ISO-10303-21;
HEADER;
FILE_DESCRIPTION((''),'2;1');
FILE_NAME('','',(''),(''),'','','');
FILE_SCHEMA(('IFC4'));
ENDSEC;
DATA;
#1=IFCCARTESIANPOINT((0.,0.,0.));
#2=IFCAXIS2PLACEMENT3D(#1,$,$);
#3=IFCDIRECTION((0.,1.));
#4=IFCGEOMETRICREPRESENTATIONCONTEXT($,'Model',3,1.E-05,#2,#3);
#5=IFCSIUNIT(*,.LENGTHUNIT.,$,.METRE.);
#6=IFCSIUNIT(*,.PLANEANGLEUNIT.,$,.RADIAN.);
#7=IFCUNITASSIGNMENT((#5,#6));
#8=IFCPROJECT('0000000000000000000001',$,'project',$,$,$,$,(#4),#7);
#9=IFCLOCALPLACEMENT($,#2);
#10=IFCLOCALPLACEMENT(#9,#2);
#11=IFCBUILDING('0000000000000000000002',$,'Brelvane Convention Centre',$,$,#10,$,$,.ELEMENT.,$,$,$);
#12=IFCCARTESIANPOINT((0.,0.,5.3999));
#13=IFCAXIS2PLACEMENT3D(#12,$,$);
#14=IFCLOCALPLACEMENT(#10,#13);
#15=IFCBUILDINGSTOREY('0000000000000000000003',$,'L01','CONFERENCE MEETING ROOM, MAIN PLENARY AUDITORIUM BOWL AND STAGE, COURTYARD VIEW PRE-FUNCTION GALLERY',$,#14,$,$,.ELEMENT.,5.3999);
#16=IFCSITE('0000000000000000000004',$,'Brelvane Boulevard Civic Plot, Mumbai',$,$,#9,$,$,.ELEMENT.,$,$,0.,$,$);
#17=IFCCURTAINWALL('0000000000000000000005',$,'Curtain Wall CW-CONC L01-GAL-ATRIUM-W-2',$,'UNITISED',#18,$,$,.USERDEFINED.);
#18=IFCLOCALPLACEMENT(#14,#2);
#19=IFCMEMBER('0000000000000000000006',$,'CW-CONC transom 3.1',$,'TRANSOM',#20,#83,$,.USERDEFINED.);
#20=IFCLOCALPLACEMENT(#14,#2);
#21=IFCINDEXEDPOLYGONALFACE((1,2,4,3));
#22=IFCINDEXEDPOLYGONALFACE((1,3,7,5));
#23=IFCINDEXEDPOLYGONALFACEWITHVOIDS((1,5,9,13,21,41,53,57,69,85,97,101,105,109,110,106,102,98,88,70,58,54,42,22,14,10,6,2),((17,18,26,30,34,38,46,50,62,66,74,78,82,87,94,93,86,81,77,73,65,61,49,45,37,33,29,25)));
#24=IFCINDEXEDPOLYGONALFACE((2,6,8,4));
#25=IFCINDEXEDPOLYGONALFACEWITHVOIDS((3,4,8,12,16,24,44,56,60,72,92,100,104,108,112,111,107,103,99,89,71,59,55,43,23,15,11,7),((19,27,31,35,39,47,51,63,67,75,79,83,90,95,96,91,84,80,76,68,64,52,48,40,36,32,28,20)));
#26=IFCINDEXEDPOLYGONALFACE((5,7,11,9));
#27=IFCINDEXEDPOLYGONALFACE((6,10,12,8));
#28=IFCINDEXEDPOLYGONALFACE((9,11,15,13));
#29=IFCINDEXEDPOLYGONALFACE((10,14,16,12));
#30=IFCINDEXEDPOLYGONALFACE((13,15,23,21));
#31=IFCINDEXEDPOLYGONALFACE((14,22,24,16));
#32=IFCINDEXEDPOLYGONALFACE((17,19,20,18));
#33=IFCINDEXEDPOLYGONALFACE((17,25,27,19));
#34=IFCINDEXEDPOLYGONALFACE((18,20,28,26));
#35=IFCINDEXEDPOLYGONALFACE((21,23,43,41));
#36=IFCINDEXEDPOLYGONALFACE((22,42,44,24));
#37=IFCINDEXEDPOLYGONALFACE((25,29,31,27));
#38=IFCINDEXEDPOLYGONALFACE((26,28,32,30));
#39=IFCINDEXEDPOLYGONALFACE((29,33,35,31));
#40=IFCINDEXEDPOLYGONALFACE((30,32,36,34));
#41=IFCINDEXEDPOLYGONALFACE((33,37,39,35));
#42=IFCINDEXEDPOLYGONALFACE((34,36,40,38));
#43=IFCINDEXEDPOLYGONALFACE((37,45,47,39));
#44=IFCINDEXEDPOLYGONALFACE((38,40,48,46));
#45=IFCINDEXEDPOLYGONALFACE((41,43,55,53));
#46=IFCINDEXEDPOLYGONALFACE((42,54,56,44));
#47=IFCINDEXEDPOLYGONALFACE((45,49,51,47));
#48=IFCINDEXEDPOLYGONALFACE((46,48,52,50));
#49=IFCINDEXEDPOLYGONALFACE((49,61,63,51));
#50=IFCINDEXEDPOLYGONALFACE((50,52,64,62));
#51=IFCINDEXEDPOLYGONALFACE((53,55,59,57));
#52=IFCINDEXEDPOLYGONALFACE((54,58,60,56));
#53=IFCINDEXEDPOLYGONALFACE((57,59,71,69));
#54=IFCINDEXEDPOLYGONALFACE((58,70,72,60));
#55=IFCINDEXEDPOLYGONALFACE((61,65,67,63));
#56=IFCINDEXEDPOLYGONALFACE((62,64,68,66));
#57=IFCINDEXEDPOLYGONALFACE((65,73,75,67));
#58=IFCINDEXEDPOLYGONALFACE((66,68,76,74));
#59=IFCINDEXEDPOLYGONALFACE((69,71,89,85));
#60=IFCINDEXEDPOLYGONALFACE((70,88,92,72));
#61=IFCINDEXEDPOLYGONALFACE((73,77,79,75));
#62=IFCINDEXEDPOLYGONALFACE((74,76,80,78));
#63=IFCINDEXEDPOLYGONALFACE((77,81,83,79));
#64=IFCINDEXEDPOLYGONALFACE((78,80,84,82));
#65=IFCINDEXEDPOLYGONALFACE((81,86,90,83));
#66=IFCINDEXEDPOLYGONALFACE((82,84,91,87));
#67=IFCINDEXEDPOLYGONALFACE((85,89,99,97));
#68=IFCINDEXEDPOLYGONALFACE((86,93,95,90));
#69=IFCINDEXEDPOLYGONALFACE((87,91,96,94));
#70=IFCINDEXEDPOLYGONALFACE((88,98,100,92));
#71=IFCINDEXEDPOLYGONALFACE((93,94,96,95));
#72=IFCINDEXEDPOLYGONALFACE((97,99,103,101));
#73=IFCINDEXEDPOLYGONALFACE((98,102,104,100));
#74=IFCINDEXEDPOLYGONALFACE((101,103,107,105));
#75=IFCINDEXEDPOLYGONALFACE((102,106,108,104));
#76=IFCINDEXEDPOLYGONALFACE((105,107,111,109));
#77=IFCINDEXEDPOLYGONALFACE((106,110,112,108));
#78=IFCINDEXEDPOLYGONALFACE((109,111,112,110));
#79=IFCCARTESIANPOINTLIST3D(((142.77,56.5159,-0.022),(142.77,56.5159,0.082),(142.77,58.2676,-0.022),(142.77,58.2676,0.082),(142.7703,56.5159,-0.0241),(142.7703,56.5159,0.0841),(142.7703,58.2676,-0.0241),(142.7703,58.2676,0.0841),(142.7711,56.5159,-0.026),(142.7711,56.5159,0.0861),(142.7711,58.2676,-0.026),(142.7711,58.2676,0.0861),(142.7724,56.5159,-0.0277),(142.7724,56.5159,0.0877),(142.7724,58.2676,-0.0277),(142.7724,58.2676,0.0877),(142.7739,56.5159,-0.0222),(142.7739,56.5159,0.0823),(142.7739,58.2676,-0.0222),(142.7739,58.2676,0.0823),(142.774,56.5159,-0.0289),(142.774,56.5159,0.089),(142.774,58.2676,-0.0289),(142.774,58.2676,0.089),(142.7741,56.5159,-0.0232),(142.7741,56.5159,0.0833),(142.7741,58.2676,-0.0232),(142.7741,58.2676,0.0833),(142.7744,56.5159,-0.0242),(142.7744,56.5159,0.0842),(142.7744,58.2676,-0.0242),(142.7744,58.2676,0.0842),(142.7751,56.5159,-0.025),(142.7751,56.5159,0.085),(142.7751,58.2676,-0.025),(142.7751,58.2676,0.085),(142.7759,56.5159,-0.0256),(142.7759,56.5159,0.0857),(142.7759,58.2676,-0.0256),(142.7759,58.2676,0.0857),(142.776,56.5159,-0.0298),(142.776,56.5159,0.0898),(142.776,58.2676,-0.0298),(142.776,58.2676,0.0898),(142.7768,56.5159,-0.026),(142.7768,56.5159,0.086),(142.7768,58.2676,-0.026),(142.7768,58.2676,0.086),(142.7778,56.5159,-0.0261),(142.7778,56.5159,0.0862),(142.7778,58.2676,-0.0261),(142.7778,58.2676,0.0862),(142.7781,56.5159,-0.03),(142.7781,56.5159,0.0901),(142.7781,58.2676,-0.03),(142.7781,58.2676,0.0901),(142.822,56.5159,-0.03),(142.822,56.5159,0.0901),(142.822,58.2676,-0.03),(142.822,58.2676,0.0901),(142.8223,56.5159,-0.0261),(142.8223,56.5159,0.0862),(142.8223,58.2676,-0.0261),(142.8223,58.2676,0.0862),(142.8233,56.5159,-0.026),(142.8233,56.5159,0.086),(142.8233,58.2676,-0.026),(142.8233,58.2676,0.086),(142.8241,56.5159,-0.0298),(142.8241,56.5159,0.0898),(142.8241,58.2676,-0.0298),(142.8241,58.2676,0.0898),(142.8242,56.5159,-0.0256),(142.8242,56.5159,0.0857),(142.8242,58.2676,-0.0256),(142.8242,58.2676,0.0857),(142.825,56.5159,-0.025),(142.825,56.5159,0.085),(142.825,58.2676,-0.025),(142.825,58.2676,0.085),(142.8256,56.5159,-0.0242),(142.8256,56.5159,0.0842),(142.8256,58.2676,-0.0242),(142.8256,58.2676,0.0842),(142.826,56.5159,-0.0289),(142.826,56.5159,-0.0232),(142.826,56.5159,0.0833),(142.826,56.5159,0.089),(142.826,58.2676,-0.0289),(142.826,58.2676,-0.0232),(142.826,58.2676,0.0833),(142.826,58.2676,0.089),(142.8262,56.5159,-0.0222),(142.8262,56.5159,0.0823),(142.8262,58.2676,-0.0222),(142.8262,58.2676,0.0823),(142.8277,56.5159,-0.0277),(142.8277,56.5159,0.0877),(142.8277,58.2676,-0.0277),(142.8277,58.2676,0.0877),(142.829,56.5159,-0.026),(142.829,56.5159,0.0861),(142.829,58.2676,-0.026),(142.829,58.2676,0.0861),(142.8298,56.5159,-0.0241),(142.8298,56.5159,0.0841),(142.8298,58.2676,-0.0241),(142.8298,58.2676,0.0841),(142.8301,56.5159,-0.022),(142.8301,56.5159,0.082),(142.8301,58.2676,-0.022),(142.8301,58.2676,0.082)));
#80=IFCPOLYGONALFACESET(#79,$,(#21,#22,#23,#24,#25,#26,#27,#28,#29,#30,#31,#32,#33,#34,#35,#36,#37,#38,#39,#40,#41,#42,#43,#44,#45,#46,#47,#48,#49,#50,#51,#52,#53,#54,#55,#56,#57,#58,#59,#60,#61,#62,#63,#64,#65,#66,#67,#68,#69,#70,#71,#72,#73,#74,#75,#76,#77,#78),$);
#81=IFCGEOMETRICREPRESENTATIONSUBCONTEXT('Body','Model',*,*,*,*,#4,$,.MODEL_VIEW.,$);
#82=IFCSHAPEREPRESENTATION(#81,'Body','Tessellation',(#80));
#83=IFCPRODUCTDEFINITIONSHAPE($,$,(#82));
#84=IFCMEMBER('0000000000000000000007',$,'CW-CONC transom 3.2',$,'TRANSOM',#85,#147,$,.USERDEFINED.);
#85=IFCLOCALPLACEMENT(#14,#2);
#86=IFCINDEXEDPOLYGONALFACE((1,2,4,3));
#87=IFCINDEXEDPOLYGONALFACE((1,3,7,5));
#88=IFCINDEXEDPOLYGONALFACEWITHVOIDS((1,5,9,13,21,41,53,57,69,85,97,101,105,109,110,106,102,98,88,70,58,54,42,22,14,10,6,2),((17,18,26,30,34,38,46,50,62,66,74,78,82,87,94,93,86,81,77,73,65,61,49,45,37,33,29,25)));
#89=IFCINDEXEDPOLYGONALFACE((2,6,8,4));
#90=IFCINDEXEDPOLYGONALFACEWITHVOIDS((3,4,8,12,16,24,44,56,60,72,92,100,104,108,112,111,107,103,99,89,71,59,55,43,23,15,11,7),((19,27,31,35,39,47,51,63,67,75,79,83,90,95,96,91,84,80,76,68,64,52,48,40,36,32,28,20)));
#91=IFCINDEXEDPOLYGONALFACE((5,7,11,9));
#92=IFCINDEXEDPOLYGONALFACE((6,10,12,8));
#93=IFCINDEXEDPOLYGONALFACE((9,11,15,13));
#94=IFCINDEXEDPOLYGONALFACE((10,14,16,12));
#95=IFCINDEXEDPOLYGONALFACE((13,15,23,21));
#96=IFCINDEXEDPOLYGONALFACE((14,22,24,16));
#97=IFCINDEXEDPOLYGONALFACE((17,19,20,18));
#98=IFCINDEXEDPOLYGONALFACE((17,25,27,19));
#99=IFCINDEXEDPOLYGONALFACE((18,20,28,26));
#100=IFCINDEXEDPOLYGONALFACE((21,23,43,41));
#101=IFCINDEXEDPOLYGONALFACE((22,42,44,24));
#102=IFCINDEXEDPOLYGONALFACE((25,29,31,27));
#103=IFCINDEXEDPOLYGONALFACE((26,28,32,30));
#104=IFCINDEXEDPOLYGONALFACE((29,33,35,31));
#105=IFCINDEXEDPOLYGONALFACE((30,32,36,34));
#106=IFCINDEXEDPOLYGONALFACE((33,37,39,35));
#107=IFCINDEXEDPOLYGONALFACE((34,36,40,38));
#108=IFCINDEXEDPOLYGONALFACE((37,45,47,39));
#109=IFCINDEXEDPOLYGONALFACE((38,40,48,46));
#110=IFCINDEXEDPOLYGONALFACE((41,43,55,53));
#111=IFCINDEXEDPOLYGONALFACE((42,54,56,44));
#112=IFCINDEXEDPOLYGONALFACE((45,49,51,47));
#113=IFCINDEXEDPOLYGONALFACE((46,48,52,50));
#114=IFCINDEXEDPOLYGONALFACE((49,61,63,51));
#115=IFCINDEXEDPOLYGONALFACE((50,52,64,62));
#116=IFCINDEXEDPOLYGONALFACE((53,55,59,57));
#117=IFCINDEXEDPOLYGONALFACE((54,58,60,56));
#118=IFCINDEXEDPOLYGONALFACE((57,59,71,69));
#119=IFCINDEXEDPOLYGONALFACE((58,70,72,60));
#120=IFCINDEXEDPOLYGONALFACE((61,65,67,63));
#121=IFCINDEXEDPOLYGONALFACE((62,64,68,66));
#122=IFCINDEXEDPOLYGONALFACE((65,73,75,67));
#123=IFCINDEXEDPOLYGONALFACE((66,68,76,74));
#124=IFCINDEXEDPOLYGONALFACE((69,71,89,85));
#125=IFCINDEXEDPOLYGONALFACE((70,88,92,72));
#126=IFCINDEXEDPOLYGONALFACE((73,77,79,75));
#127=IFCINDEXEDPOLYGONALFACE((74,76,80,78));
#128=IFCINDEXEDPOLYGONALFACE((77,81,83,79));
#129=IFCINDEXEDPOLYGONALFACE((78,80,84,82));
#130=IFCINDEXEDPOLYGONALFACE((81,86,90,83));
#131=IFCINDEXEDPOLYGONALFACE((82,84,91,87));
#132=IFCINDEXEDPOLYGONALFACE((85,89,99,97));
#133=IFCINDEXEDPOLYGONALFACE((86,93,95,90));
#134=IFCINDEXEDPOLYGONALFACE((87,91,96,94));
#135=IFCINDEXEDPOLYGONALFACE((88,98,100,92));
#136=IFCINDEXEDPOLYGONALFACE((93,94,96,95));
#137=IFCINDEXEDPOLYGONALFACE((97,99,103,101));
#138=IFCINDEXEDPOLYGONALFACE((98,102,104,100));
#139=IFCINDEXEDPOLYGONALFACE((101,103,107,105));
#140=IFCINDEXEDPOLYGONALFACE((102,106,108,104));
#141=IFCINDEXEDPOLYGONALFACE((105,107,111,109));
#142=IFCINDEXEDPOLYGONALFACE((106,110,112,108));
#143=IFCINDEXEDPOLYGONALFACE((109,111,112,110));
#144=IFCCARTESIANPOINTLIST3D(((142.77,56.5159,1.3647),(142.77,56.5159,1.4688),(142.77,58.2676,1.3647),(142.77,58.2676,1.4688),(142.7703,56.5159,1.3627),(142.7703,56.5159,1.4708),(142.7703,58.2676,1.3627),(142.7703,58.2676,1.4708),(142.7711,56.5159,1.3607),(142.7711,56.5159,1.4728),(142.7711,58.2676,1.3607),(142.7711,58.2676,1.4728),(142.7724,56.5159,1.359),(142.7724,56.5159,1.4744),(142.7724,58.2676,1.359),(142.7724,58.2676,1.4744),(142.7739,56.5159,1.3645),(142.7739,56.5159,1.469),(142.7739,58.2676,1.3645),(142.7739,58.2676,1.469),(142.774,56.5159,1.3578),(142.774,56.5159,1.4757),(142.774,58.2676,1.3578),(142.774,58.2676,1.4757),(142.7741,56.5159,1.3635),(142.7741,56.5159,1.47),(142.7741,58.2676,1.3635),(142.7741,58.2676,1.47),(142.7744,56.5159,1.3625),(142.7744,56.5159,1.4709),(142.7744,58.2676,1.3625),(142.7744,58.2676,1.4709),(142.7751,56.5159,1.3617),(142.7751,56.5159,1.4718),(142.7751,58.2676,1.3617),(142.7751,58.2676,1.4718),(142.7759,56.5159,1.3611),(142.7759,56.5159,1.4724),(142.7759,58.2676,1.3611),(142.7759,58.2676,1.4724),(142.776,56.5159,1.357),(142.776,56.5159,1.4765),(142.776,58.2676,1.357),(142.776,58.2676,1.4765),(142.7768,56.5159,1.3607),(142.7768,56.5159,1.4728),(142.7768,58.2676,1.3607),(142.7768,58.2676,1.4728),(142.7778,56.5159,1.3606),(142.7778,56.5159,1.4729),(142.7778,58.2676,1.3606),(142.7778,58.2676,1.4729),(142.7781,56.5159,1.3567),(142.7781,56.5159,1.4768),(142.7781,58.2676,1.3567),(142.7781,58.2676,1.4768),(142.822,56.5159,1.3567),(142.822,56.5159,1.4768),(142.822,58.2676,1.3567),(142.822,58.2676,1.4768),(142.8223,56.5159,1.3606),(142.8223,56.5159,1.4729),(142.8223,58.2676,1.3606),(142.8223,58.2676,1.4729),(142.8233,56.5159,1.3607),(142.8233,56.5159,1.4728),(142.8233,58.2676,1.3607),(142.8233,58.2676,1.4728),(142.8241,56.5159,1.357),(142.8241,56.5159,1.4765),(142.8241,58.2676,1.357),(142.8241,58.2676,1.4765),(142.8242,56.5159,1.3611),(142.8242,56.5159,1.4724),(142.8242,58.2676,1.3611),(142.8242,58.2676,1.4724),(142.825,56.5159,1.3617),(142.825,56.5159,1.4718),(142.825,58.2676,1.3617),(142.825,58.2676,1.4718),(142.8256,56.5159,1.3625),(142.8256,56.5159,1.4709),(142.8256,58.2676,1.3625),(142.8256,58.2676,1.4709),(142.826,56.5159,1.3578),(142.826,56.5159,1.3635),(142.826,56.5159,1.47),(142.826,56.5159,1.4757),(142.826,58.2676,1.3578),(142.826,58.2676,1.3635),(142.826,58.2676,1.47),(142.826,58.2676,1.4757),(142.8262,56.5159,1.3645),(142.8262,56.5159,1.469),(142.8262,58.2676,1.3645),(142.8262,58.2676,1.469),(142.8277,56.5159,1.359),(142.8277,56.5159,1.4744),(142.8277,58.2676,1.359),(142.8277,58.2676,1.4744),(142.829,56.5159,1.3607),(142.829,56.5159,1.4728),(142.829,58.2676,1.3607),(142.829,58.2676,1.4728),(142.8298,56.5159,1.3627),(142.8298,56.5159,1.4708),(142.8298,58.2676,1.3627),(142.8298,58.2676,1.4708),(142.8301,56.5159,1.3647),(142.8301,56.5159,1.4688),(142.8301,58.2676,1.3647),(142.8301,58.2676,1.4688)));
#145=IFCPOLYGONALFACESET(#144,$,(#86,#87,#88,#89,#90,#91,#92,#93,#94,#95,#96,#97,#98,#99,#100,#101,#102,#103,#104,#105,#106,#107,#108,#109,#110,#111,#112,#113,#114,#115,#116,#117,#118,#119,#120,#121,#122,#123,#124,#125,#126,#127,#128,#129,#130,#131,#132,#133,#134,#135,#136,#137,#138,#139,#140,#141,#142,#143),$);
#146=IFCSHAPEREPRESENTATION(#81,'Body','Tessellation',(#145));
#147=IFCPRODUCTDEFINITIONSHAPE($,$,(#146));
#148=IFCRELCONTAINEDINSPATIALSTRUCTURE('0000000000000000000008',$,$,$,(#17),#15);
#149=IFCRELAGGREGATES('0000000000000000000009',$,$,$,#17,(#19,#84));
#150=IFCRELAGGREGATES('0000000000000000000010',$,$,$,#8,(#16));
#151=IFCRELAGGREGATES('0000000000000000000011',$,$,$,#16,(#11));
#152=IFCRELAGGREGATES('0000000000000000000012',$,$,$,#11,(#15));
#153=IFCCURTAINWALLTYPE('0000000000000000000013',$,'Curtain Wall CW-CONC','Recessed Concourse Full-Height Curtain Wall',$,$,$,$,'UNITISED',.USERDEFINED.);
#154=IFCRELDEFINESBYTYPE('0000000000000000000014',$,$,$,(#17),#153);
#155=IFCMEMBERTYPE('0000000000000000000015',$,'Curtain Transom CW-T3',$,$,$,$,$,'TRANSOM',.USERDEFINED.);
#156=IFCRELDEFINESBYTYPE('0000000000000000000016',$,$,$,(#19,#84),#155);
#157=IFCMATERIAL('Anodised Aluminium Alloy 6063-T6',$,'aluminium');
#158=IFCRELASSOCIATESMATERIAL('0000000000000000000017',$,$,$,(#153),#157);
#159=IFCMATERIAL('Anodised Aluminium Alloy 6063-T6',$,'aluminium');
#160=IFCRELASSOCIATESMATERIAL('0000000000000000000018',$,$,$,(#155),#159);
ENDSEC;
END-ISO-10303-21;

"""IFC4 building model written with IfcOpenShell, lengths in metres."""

from ifc_helpers import new_model, si_unit, direction, frame, origin, origin_2d, place, context, subcontext, project, spatial, hollow_rectangle, extrude, material, material_profile, profile_set, type_object, element, aggregate, save


model = new_model("IFC4")

# Units and contexts
model_context = context("Model", 3, precision=1e-05, world=origin(), true_north=direction((0.0, 1.0)))
body_context = subcontext(model_context, "Body", "Model", "MODEL_VIEW")
ifc_project = project(units=[si_unit("LENGTHUNIT", "METRE"), si_unit("PLANEANGLEUNIT", "RADIAN")], contexts=[model_context])

# Site, building, storey
site_placement = place(None, origin())
site = spatial("IfcSite", under=ifc_project, at=site_placement, Name="Brelvane Boulevard Civic Plot, Mumbai", CompositionType="ELEMENT", RefElevation=0.0)
building_placement = place(site_placement, origin())
building = spatial("IfcBuilding", under=site, at=building_placement, Name="Brelvane Convention Centre", CompositionType="ELEMENT")
storey_placement = place(building_placement, frame((0.0, 0.0, 5.3999)))
storey = spatial("IfcBuildingStorey", under=building, at=storey_placement, Name="L01", Description="CONFERENCE MEETING ROOM, MAIN PLENARY AUDITORIUM BOWL AND STAGE, COURTYARD VIEW PRE-FUNCTION GALLERY", CompositionType="ELEMENT", Elevation=5.3999)

# Curtain wall, members
ifc_material_1 = material(Name="Anodised Aluminium Alloy 6063-T6", Category="aluminium")
curtain_wall_type = type_object("IfcCurtainWallType", Name="Curtain Wall CW-CONC", Description="Recessed Concourse Full-Height Curtain Wall", ElementType="UNITISED", PredefinedType="USERDEFINED", material=ifc_material_1)
curtain_wall_placement = place(storey_placement, origin())
curtain_wall = element("IfcCurtainWall", 1, at=curtain_wall_placement, inside=storey, type_object=curtain_wall_type, Name="Curtain Wall CW-CONC L01-GAL-ATRIUM-W-2", ObjectType="UNITISED", PredefinedType="USERDEFINED")
ifc_material_2 = material(Name="Anodised Aluminium Alloy 6063-T6", Category="aluminium")
ifc_material_profile_1 = material_profile(ifc_material_2, hollow_rectangle(XDim=0.0601, YDim=0.1201, WallThickness=0.0039, InnerFilletRadius=0.0039, OuterFilletRadius=0.0081, at=origin_2d()), Name="ALU-T 120x60x4.0")
ifc_profile_set_1 = profile_set([ifc_material_profile_1], Name="Anodised Aluminium Alloy 6063-T6")
member_type_1 = type_object("IfcMemberType", Name="Curtain Transom CW-T3", ElementType="TRANSOM", PredefinedType="USERDEFINED", material=ifc_profile_set_1)
member_1_placement = place(storey_placement, frame((142.8, 56.5159, 0.03), z_axis=(0.0, 1.0, 0.0), x_axis=(-1.0, 0.0, 0.0)))
member_1 = element("IfcMember", 2, at=member_1_placement, type_object=member_type_1, Name="CW-CONC transom 3.1", ObjectType="TRANSOM", PredefinedType="USERDEFINED", context=body_context, shape_type="SweptSolid", body=[
    extrude(hollow_rectangle(XDim=0.0601, YDim=0.1201, WallThickness=0.0039, InnerFilletRadius=0.0039, OuterFilletRadius=0.0081, at=origin_2d()), origin(), (0.0, 0.0, 1.0), 1.7517),
])
member_2_placement = place(storey_placement, frame((142.8, 56.5159, 1.4167), z_axis=(0.0, 1.0, 0.0), x_axis=(-1.0, 0.0, 0.0)))
member_2 = element("IfcMember", 3, at=member_2_placement, type_object=member_type_1, Name="CW-CONC transom 3.2", ObjectType="TRANSOM", PredefinedType="USERDEFINED", context=body_context, shape_type="SweptSolid", body=[
    extrude(hollow_rectangle(XDim=0.0601, YDim=0.1201, WallThickness=0.0039, InnerFilletRadius=0.0039, OuterFilletRadius=0.0081, at=origin_2d()), origin(), (0.0, 0.0, 1.0), 1.7517),
])

aggregate(curtain_wall, [member_1, member_2])

save(model, "model.ifc")
